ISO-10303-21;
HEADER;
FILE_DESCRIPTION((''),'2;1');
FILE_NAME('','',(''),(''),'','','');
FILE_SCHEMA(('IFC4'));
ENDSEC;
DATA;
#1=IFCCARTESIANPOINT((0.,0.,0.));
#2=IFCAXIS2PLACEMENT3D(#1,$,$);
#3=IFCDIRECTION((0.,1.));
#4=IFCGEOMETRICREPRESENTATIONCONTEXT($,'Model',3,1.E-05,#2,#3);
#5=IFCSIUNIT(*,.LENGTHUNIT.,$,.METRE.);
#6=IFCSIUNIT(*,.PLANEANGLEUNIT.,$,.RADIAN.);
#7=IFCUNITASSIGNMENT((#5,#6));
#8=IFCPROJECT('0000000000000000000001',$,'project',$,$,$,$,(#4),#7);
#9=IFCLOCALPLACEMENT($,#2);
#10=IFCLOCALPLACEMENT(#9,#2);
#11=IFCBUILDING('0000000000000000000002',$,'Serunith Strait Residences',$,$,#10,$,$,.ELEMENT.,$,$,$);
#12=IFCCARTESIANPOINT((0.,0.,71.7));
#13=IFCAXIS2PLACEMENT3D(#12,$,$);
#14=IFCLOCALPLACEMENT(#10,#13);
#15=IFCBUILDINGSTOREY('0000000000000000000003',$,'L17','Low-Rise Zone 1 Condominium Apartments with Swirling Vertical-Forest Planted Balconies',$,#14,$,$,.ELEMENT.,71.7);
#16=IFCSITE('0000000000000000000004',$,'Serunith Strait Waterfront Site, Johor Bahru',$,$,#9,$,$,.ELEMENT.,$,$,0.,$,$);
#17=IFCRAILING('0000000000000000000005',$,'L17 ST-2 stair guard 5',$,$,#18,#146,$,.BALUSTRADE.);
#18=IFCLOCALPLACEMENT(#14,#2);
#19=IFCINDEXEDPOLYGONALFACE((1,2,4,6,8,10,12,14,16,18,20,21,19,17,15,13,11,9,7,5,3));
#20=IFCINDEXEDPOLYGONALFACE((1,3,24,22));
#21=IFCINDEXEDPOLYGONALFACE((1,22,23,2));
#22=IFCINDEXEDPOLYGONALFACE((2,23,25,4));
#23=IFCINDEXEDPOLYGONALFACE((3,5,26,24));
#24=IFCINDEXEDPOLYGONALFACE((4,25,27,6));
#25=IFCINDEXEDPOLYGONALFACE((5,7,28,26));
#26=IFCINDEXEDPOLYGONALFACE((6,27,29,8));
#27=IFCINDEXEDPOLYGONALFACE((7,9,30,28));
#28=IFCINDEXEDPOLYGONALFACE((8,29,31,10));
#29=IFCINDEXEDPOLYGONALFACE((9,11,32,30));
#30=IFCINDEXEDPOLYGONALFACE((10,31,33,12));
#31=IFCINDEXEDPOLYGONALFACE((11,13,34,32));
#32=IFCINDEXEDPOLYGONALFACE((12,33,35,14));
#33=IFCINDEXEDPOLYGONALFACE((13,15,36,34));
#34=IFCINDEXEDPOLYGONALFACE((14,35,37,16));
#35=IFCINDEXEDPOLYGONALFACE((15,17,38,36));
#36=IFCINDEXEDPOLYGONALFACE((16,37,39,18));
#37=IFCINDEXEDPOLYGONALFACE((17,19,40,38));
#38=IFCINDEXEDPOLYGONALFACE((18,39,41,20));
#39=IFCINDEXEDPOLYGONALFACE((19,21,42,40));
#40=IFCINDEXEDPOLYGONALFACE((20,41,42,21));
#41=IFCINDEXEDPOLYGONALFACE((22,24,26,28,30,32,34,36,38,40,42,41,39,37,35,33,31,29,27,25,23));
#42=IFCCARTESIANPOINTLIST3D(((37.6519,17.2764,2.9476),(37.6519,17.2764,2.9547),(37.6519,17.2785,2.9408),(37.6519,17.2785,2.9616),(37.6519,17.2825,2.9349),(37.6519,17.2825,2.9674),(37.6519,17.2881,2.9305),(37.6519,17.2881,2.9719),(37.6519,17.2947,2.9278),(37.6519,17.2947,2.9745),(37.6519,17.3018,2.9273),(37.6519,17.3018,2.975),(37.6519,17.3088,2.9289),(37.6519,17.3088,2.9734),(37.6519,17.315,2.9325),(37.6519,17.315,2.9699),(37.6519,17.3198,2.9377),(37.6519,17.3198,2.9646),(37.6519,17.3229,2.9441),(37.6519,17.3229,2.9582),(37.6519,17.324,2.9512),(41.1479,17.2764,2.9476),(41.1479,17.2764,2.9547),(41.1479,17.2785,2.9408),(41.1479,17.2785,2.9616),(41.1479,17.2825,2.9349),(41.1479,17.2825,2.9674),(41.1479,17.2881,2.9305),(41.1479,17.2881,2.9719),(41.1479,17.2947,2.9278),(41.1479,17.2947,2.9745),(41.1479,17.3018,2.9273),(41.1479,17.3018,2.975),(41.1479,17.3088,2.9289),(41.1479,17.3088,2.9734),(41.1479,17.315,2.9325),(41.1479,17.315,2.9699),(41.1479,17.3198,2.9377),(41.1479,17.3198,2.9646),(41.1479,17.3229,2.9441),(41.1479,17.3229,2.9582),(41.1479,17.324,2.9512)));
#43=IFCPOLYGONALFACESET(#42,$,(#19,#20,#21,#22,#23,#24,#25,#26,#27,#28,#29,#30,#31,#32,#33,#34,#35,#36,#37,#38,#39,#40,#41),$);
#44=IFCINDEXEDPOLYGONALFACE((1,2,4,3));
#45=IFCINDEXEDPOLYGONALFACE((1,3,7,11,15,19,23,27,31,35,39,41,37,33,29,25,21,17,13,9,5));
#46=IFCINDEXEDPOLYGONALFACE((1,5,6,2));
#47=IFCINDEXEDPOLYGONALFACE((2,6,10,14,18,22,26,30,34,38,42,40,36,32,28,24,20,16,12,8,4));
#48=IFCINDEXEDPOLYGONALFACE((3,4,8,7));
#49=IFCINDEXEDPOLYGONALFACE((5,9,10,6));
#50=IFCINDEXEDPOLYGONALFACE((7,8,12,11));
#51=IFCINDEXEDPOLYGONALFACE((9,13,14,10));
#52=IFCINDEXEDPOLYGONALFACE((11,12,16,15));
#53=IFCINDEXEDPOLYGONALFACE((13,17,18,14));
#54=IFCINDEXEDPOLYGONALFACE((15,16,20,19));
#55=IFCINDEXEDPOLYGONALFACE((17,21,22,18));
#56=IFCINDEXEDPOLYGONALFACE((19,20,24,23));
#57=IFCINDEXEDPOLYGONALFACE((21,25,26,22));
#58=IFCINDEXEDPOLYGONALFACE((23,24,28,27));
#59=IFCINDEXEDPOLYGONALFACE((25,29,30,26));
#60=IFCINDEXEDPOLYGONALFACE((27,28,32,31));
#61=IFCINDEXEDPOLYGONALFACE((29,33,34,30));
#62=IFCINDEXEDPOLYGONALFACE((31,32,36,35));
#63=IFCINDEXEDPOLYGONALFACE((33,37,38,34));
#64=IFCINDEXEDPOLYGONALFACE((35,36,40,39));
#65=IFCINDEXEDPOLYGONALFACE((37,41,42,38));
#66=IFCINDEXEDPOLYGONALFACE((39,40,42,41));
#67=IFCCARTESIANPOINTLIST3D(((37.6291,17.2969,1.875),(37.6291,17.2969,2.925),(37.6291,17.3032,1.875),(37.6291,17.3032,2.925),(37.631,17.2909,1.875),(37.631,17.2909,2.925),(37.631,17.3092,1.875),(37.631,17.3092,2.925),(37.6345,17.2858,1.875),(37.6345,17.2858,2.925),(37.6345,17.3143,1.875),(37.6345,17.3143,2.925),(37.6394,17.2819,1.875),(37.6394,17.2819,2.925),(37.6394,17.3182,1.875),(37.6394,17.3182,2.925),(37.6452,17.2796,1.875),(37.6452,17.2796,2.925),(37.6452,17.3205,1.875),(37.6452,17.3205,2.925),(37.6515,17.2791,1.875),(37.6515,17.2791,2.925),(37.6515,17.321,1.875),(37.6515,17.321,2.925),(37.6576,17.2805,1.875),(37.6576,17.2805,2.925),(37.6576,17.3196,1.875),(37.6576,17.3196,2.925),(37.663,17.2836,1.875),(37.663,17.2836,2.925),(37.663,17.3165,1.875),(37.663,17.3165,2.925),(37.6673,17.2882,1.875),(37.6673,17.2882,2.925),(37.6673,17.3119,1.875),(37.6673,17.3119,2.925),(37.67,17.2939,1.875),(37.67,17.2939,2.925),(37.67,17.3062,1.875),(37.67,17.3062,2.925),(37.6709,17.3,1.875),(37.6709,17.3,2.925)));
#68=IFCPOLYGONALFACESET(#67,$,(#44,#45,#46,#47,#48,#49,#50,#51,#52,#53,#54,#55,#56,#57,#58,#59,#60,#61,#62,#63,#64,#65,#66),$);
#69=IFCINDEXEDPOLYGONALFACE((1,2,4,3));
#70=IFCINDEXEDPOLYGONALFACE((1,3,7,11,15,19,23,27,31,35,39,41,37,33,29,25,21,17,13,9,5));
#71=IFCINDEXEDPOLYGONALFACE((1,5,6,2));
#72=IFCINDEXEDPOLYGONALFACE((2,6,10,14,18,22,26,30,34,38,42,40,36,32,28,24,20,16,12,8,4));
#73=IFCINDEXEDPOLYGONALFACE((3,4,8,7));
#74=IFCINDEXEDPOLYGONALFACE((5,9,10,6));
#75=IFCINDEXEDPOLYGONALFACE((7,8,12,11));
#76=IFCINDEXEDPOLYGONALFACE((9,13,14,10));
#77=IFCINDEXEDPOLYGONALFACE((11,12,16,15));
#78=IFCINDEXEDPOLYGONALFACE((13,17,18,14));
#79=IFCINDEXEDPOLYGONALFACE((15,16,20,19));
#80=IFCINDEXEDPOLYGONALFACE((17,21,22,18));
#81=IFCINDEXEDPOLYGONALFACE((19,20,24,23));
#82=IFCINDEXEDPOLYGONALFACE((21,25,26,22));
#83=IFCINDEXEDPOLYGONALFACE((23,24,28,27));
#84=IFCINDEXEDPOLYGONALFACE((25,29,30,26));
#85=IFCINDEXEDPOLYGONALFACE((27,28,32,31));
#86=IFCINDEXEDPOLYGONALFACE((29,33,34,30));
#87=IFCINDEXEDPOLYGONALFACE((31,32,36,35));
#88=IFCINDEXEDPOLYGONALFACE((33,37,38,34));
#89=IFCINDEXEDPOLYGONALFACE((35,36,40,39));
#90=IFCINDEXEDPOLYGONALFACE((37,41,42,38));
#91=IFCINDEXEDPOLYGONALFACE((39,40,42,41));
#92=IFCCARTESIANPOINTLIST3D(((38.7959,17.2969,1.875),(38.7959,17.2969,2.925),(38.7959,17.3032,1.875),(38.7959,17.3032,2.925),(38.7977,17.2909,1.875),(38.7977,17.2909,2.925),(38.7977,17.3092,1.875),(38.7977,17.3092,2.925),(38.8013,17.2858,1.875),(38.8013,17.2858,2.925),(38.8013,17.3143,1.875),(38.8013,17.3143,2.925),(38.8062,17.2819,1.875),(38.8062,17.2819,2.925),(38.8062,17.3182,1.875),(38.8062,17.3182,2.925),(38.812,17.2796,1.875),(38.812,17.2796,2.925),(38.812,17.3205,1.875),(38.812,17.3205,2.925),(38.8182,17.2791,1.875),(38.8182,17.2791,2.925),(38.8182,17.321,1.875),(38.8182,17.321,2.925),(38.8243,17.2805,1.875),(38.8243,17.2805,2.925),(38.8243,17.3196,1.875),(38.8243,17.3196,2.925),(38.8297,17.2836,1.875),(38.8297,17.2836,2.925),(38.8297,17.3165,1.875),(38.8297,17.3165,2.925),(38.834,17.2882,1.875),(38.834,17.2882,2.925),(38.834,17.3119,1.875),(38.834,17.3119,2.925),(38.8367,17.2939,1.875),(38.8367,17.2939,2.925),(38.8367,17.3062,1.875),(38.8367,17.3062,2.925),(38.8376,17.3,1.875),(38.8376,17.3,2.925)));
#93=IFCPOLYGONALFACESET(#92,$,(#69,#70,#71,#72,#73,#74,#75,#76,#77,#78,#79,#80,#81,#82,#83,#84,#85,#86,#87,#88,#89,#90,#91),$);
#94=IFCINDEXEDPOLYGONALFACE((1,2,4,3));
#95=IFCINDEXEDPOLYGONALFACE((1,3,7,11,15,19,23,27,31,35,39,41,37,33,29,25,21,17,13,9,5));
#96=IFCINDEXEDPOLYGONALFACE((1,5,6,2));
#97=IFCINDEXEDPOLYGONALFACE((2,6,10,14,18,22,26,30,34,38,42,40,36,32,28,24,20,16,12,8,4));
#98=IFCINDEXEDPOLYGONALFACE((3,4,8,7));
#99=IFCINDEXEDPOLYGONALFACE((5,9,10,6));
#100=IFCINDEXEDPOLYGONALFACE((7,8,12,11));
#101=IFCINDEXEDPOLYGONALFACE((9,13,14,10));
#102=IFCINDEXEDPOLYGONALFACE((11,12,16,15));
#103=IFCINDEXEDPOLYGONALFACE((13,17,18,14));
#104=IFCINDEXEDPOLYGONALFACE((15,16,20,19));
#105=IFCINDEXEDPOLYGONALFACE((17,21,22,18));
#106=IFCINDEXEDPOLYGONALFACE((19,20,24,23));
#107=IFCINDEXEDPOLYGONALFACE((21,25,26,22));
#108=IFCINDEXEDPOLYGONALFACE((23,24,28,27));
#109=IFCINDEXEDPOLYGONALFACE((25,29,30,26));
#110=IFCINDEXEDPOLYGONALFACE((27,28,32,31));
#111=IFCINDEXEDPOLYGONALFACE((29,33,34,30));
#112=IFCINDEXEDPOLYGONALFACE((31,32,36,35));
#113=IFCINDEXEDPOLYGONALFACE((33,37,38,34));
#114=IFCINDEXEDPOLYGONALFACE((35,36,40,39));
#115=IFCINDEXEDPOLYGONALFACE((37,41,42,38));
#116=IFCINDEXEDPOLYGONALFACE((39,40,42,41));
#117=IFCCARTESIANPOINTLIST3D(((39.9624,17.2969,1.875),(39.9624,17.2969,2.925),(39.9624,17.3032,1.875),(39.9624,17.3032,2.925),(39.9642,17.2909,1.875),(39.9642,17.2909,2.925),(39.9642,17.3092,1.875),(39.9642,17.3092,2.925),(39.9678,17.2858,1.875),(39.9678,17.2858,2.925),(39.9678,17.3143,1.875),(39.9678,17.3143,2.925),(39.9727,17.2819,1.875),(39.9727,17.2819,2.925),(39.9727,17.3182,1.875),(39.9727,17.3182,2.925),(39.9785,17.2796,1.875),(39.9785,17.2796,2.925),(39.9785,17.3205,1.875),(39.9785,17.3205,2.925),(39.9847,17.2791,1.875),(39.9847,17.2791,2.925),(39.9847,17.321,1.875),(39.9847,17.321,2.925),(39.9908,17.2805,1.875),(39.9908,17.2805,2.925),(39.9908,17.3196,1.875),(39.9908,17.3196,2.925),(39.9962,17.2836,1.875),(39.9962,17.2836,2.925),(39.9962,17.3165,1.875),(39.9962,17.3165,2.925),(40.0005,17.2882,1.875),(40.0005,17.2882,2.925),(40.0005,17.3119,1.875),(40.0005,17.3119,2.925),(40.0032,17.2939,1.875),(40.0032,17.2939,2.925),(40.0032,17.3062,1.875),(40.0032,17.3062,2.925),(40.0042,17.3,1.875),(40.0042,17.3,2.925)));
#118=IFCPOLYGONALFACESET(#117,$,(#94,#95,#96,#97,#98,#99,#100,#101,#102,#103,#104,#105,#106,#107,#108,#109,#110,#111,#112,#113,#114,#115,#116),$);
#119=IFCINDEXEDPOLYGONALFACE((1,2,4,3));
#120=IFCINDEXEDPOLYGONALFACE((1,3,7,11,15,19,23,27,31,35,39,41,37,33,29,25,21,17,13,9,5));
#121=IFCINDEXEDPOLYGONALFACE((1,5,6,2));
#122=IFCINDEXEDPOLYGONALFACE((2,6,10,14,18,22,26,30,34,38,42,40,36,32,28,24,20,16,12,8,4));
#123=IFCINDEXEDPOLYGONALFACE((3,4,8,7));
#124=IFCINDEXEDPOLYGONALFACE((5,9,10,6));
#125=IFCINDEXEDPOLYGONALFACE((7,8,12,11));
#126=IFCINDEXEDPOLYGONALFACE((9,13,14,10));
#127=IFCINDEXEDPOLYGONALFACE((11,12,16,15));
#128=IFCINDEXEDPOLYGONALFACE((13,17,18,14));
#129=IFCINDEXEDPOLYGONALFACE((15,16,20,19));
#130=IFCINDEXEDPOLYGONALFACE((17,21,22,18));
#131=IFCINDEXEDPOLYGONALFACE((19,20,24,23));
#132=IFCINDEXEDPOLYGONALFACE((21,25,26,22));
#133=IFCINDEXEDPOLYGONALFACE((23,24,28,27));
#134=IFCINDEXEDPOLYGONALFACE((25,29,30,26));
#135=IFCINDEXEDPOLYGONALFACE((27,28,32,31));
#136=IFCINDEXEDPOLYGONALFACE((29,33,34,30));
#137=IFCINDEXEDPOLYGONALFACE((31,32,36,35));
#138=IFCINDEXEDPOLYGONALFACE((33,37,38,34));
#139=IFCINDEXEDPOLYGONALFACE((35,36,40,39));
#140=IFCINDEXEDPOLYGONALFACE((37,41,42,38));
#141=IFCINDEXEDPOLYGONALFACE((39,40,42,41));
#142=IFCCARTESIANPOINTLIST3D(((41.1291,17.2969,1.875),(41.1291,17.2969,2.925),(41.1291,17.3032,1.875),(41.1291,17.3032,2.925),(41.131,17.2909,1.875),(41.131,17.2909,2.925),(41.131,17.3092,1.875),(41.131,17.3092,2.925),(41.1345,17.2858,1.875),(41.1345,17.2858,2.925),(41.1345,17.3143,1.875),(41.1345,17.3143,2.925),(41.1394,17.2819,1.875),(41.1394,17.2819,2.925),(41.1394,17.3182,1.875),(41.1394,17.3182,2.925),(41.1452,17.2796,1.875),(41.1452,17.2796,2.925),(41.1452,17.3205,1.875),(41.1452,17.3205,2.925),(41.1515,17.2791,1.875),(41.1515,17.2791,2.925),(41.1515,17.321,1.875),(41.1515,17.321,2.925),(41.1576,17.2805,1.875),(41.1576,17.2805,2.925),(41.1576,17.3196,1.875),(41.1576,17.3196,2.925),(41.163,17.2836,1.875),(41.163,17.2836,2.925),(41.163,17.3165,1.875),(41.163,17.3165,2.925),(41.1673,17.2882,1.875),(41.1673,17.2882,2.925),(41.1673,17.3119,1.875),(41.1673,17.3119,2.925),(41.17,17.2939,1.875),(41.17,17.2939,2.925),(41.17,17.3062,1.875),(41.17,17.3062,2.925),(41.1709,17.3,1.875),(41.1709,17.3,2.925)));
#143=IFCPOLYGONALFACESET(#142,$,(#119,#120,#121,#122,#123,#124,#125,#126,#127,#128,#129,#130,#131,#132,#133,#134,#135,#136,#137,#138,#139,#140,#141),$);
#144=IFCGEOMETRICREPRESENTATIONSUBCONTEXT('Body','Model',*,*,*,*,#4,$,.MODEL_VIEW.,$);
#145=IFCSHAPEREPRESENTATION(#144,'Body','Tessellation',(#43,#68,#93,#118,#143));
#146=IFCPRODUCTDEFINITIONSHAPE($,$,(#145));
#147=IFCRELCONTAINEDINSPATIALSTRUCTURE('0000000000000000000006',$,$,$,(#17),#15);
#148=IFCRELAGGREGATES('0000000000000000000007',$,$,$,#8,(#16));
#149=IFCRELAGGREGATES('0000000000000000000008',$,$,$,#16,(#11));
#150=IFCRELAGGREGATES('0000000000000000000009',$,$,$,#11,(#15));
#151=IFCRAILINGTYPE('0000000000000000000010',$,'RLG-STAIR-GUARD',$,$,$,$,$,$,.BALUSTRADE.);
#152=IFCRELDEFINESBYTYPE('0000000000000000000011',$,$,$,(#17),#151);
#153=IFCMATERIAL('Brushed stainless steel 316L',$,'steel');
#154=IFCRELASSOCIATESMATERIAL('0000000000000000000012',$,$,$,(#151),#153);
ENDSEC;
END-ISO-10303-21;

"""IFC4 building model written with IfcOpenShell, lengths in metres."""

from ifc_helpers import new_model, si_unit, direction, frame, origin, origin_2d, place, context, subcontext, project, spatial, circle, extrude, material, type_object, element, save


model = new_model("IFC4")

# Units and contexts
model_context = context("Model", 3, precision=1e-05, world=origin(), true_north=direction((0.0, 1.0)))
body_context = subcontext(model_context, "Body", "Model", "MODEL_VIEW")
ifc_project = project(units=[si_unit("LENGTHUNIT", "METRE"), si_unit("PLANEANGLEUNIT", "RADIAN")], contexts=[model_context])

# Site, building, storey
site_placement = place(None, origin())
site = spatial("IfcSite", under=ifc_project, at=site_placement, Name="Serunith Strait Waterfront Site, Johor Bahru", CompositionType="ELEMENT", RefElevation=0.0)
building_placement = place(site_placement, origin())
building = spatial("IfcBuilding", under=site, at=building_placement, Name="Serunith Strait Residences", CompositionType="ELEMENT")
storey_placement = place(building_placement, frame((0.0, 0.0, 71.7)))
storey = spatial("IfcBuildingStorey", under=building, at=storey_placement, Name="L17", Description="Low-Rise Zone 1 Condominium Apartments with Swirling Vertical-Forest Planted Balconies", CompositionType="ELEMENT", Elevation=71.7)

# Railing
ifc_material_1 = material(Name="Brushed stainless steel 316L", Category="steel")
railing_type_1 = type_object("IfcRailingType", Name="RLG-STAIR-GUARD", PredefinedType="BALUSTRADE", material=ifc_material_1)
railing_1_placement = place(storey_placement, frame((37.6499, 17.3, 1.875)))
element("IfcRailing", 1, at=railing_1_placement, inside=storey, type_object=railing_type_1, Name="L17 ST-2 stair guard 5", PredefinedType="BALUSTRADE", context=body_context, shape_type="SweptSolid", body=[
    extrude(circle(Radius=0.0239, at=origin_2d()), frame((0.002, 0.0, 1.0762), z_axis=(1.0, 0.0, 0.0), x_axis=(0.0, 1.0, 0.0)), (0.0, 0.0, 1.0), 3.4961),
    extrude(circle(Radius=0.021, at=origin_2d()), origin(), (0.0, 0.0, 1.0), 1.05),
    extrude(circle(Radius=0.021, at=origin_2d()), frame((1.1667, 0.0, 0.0)), (0.0, 0.0, 1.0), 1.05),
    extrude(circle(Radius=0.021, at=origin_2d()), frame((2.3333, 0.0, 0.0)), (0.0, 0.0, 1.0), 1.05),
    extrude(circle(Radius=0.021, at=origin_2d()), frame((3.5, 0.0, 0.0)), (0.0, 0.0, 1.0), 1.05),
])

save(model, "model.ifc")
